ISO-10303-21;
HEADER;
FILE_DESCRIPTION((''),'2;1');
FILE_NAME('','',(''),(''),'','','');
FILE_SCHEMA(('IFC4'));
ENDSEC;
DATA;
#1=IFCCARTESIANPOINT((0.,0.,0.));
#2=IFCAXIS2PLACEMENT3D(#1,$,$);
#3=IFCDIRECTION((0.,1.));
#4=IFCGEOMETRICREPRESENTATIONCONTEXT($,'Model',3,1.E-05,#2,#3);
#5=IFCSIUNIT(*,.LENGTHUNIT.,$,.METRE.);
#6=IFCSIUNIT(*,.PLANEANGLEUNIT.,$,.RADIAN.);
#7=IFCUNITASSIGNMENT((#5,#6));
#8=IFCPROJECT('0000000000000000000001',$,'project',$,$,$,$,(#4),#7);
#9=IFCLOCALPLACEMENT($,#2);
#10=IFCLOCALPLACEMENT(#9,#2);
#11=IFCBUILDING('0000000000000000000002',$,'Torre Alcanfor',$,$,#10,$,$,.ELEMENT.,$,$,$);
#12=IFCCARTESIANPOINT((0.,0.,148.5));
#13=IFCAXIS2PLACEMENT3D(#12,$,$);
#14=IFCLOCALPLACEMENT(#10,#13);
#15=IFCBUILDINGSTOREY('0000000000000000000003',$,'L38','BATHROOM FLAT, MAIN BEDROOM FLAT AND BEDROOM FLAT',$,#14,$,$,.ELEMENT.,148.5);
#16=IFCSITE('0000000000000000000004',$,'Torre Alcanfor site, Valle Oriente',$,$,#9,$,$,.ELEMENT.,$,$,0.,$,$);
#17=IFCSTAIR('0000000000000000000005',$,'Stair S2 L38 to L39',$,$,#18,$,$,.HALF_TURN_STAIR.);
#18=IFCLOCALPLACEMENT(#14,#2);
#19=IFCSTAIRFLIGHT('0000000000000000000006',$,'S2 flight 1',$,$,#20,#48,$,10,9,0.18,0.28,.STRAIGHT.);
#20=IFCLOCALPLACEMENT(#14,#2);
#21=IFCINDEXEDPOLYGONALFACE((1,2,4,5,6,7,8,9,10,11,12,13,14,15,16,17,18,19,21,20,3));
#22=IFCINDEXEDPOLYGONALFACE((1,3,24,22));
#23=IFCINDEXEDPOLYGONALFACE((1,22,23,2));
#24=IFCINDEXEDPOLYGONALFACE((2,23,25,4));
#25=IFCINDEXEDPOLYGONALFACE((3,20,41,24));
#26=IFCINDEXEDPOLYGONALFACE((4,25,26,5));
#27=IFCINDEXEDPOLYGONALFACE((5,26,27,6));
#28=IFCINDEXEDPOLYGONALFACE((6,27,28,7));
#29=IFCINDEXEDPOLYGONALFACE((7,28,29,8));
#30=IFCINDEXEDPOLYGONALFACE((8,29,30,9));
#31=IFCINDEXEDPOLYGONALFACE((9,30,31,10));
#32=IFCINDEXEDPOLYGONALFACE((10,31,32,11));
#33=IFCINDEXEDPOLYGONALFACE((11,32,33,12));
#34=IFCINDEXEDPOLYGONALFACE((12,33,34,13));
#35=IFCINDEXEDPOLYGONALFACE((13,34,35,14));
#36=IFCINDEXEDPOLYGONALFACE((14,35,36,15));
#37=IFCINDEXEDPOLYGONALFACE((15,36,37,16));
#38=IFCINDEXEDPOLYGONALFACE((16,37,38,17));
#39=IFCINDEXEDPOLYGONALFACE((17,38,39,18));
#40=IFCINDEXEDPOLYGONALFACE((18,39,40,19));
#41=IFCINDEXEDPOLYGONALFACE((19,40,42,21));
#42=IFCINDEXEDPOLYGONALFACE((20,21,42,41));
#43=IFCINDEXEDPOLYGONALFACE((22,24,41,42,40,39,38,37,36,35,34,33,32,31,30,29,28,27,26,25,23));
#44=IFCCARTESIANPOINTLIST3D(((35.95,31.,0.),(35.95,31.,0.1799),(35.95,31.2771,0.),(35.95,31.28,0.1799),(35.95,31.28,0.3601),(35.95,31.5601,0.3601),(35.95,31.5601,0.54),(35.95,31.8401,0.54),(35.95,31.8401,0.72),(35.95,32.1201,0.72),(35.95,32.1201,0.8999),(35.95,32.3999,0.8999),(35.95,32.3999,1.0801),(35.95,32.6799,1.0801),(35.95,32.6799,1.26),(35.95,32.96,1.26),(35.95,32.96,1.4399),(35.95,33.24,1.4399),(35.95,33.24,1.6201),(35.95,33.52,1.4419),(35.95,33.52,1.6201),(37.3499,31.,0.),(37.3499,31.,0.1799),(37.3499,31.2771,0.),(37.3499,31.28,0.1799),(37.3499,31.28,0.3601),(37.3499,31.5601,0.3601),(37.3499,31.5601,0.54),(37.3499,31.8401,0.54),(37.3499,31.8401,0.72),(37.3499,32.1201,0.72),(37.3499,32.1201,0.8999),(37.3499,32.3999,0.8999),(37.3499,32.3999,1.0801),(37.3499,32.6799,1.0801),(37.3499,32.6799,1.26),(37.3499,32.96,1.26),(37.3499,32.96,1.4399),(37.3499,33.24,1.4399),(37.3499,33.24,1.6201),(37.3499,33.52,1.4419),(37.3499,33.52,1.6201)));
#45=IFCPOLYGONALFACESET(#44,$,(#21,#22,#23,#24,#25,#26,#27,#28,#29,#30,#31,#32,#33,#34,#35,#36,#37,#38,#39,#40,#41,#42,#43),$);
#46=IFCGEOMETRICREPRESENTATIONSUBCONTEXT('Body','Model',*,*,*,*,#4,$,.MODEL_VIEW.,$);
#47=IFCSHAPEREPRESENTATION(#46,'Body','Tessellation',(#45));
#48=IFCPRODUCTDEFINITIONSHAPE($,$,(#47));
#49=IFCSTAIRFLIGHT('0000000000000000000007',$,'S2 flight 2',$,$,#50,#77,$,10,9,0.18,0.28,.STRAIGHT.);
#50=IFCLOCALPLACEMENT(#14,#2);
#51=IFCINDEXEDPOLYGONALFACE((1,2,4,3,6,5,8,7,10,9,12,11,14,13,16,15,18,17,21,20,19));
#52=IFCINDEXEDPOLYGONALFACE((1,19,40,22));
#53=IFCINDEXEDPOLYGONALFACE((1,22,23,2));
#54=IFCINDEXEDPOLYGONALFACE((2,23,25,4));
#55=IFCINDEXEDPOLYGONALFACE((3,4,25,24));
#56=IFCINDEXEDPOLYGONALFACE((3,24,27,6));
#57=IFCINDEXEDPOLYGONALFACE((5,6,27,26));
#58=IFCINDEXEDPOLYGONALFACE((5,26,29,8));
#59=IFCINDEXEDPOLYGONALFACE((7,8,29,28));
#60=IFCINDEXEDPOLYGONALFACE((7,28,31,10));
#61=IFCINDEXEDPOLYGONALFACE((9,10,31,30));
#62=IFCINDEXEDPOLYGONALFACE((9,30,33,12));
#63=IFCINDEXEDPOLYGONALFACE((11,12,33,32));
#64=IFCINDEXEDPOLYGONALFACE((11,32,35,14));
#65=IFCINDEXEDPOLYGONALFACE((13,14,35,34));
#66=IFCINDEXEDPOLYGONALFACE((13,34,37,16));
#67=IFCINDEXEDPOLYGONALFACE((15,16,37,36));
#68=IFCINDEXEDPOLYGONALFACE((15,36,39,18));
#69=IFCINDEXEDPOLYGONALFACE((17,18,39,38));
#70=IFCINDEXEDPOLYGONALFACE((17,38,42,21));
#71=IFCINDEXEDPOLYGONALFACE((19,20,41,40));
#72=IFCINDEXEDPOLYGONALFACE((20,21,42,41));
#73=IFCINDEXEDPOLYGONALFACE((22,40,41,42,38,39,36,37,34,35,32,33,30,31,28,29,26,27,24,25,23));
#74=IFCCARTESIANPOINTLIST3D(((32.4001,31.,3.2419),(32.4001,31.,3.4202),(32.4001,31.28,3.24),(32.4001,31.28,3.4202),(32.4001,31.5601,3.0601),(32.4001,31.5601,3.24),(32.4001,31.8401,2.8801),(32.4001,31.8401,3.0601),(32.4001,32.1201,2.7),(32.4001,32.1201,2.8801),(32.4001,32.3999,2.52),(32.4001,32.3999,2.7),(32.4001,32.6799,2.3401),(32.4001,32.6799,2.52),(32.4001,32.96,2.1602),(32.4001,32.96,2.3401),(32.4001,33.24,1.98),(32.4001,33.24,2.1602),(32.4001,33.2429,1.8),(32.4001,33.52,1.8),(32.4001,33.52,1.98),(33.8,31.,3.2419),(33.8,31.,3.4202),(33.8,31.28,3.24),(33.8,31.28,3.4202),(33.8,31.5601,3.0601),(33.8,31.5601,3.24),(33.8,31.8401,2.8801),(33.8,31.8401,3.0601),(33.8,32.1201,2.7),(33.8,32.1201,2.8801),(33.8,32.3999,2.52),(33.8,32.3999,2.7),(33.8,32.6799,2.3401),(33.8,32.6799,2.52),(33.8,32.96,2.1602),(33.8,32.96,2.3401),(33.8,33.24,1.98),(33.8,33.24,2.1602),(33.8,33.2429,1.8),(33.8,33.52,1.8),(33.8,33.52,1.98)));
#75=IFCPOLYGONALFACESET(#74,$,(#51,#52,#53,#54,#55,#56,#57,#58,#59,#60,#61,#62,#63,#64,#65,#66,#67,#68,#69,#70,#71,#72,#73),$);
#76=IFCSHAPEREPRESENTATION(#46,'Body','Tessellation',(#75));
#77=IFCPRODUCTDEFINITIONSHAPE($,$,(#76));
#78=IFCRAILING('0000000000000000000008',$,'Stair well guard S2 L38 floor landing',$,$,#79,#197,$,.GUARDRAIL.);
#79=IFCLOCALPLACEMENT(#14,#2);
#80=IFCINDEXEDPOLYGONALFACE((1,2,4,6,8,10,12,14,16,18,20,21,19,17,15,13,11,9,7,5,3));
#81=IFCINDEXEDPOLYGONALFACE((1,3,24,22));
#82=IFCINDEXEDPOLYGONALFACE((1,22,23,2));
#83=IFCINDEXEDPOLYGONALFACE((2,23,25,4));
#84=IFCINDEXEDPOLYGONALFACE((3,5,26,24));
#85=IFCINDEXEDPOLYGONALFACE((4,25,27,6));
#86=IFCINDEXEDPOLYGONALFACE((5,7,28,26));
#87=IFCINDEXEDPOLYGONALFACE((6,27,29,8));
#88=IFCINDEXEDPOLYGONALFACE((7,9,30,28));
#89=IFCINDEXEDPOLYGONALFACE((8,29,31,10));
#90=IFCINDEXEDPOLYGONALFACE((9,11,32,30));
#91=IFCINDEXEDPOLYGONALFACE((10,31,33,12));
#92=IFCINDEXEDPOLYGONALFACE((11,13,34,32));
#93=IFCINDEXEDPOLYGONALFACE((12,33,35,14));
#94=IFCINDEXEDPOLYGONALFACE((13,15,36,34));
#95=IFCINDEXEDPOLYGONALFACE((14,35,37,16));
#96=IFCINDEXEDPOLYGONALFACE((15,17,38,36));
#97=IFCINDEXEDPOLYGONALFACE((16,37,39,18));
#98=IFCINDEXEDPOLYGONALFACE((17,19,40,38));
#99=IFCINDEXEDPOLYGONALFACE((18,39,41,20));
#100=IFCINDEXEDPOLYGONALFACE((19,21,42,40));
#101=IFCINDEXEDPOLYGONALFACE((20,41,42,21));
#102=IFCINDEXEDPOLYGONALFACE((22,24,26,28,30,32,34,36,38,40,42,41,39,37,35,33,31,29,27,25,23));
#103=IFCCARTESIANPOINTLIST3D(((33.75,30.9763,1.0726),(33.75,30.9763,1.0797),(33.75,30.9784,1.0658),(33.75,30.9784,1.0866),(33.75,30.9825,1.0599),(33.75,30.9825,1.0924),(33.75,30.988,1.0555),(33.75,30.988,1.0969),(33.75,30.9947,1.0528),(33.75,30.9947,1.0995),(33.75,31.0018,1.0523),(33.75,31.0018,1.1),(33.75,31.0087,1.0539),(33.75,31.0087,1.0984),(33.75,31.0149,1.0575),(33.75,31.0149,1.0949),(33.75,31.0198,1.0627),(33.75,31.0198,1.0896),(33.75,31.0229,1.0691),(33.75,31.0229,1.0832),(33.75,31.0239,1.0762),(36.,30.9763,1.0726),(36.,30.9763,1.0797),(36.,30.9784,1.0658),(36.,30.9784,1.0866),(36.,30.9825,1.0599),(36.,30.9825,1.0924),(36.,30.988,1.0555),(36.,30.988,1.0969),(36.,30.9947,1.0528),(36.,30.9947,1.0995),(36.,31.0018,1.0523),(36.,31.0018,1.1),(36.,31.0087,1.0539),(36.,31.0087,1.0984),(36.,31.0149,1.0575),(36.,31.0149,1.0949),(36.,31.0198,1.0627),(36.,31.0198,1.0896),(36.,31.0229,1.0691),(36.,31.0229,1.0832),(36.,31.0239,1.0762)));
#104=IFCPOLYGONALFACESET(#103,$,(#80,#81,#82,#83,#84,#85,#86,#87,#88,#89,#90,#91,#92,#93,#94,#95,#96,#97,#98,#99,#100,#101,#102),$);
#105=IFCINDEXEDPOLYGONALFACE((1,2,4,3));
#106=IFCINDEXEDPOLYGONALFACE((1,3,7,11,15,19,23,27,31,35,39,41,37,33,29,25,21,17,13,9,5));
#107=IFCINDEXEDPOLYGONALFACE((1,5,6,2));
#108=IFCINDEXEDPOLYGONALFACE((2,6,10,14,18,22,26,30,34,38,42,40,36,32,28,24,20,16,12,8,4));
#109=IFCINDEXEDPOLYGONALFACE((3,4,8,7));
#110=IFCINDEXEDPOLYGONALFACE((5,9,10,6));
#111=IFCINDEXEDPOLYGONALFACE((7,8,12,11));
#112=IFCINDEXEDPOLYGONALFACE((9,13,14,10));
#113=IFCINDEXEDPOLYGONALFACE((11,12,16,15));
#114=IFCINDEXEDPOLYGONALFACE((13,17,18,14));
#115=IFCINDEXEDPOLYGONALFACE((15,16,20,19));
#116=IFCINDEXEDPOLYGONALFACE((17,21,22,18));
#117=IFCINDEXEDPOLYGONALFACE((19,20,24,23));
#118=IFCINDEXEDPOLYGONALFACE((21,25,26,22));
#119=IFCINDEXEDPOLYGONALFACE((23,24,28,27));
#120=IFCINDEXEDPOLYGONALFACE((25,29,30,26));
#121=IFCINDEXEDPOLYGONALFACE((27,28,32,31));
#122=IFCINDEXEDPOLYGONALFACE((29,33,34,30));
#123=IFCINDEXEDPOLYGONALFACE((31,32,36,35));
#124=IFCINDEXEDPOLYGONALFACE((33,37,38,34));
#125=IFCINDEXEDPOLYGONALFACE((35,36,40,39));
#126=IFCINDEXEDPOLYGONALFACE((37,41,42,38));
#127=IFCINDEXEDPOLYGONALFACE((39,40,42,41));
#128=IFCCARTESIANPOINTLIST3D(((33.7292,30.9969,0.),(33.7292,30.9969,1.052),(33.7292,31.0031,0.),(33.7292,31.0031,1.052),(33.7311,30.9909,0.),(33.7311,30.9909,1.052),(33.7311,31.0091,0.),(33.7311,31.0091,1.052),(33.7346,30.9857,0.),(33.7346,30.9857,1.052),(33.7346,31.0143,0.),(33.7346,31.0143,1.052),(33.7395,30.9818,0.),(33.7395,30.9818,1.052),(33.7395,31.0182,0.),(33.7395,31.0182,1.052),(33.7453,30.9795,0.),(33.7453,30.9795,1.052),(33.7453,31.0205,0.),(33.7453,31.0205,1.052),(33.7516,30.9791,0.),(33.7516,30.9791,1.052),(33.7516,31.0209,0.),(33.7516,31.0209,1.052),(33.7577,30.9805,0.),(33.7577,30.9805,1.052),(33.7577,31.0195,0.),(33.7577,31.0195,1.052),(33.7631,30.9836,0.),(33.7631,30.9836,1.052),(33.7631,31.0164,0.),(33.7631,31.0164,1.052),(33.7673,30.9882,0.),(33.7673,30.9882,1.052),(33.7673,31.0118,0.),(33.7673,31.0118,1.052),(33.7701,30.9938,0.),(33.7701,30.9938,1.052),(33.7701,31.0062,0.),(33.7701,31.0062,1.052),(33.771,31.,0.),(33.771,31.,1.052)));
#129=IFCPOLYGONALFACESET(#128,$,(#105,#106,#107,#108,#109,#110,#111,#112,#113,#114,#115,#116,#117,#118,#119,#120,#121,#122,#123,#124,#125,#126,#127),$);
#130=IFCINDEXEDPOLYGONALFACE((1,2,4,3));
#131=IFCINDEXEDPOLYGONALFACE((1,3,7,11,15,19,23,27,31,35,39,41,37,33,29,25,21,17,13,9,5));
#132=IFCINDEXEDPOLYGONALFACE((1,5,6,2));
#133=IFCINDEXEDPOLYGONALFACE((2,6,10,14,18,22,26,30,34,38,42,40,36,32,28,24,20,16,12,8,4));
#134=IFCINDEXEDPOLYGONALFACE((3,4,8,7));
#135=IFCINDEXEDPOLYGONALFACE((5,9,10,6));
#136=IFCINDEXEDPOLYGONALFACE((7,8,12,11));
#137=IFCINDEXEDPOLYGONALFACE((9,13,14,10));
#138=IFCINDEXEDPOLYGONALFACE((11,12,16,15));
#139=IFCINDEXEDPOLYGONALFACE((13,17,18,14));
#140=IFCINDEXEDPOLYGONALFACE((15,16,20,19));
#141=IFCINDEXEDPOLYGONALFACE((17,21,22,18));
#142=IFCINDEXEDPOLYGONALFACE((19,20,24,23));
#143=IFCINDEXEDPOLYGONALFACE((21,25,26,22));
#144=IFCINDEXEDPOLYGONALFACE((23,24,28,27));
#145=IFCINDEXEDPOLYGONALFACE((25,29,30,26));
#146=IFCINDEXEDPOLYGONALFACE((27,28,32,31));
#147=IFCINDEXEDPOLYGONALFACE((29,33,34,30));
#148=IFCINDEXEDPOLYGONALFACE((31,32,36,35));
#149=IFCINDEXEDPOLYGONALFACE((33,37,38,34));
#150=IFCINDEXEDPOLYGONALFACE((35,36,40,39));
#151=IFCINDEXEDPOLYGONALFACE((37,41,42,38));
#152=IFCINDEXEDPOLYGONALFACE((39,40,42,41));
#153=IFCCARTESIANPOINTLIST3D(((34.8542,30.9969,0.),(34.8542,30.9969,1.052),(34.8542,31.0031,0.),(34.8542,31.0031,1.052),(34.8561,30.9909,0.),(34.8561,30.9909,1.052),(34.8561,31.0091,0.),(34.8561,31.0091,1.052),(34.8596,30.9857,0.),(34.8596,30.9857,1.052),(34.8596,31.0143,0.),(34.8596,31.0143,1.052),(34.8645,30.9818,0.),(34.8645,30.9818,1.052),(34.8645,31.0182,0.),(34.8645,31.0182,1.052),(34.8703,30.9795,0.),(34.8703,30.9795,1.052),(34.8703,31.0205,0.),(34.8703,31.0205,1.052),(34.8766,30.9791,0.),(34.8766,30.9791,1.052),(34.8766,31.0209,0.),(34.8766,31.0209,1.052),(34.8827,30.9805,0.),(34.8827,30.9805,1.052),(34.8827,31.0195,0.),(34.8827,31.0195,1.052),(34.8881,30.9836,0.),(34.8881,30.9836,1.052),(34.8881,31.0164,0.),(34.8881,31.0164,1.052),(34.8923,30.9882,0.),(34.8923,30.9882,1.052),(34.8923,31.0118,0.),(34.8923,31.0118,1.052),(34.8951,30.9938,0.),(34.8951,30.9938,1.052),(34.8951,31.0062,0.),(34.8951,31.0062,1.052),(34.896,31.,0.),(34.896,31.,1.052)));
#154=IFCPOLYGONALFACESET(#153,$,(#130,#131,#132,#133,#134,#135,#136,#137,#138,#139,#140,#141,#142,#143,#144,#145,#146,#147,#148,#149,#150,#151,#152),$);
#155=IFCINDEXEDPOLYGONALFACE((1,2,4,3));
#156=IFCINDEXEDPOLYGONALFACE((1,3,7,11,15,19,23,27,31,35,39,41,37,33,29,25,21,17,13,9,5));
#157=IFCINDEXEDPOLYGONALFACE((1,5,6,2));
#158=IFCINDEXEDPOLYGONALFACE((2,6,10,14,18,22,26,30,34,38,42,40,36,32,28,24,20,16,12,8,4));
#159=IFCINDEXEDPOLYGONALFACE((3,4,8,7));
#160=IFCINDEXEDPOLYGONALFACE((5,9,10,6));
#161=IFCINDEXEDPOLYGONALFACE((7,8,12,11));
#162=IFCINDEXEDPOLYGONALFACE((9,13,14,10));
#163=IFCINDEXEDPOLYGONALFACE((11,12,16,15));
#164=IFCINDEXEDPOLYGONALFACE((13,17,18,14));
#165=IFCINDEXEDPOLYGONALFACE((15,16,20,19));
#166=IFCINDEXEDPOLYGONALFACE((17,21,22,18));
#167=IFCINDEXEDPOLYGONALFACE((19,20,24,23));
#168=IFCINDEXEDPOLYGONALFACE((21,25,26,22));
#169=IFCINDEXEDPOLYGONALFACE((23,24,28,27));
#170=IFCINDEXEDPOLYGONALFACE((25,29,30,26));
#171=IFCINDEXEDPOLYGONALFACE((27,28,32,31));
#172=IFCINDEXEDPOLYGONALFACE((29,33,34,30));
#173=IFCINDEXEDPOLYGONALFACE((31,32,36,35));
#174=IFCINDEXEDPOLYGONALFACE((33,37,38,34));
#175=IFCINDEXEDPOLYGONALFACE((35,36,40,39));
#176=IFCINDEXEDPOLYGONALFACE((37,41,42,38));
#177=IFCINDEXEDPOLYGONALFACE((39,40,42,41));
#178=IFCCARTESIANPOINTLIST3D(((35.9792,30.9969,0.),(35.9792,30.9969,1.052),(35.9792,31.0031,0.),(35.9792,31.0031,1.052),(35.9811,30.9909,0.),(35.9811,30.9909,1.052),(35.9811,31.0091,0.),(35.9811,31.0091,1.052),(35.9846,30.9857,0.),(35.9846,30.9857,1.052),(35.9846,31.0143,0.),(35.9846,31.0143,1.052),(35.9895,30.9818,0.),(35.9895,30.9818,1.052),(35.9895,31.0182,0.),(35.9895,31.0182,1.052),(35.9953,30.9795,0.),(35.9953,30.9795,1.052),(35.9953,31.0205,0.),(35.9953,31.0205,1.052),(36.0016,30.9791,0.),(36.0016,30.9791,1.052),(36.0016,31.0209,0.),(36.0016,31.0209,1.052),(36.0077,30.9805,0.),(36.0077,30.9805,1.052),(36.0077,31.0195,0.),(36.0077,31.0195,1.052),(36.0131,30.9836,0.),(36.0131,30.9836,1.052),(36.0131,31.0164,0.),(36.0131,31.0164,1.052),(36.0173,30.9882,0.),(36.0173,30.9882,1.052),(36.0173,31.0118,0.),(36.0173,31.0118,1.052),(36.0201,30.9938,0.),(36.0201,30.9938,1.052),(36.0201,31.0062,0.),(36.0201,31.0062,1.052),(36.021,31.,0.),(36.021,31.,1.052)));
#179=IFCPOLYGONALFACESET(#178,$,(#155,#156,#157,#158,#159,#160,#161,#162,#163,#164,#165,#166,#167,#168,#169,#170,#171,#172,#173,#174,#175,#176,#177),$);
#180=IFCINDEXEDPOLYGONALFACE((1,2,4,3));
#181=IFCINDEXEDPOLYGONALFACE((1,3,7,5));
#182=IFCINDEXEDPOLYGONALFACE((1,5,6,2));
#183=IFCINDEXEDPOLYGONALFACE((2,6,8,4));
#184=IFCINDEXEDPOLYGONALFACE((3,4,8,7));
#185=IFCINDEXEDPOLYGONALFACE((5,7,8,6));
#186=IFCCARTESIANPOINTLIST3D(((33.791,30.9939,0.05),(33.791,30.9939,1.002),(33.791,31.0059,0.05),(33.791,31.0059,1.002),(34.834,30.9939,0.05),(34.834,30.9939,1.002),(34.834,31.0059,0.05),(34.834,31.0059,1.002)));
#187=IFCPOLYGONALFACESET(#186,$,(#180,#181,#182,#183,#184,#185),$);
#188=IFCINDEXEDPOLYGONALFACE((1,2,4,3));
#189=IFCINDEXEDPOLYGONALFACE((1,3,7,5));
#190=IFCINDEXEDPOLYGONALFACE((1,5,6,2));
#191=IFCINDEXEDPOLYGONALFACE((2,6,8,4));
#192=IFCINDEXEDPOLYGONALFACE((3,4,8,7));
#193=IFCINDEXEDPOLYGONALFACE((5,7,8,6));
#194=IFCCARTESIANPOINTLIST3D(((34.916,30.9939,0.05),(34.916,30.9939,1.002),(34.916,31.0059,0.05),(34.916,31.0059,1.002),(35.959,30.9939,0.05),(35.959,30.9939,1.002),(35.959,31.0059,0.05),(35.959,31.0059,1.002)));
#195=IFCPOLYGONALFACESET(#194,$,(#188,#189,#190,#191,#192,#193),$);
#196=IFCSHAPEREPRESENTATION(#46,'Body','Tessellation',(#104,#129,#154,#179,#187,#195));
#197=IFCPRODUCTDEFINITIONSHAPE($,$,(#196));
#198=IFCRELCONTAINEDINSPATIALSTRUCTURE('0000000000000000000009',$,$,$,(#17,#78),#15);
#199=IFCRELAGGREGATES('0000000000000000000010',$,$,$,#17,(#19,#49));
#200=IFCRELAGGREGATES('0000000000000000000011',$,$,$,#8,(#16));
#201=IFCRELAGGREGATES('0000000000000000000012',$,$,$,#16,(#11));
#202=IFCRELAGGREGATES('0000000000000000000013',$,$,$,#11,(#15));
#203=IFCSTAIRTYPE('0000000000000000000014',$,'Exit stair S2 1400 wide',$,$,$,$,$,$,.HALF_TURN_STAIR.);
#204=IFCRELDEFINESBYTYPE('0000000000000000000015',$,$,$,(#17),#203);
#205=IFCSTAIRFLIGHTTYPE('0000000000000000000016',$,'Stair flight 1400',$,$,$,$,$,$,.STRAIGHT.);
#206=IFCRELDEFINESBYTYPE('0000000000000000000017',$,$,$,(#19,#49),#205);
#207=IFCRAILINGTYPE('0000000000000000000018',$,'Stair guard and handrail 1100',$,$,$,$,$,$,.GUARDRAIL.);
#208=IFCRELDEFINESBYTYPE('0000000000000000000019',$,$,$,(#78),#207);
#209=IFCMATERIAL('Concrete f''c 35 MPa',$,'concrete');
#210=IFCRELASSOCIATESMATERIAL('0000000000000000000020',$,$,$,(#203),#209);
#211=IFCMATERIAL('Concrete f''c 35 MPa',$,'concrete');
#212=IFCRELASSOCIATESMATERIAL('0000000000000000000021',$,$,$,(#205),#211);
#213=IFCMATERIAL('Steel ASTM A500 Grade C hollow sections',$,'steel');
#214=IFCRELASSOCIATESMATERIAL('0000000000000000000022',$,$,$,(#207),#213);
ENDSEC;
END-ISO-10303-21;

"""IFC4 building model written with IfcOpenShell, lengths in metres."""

from ifc_helpers import new_model, si_unit, direction, frame, origin, origin_2d, place, context, subcontext, project, spatial, polyline, circle, outline, extrude, material, type_object, element, aggregate, save


model = new_model("IFC4")

# Units and contexts
model_context = context("Model", 3, precision=1e-05, world=origin(), true_north=direction((0.0, 1.0)))
body_context = subcontext(model_context, "Body", "Model", "MODEL_VIEW")
ifc_project = project(units=[si_unit("LENGTHUNIT", "METRE"), si_unit("PLANEANGLEUNIT", "RADIAN")], contexts=[model_context])

# Site, building, storey
site_placement = place(None, origin())
site = spatial("IfcSite", under=ifc_project, at=site_placement, Name="Torre Alcanfor site, Valle Oriente", CompositionType="ELEMENT", RefElevation=0.0)
building_placement = place(site_placement, origin())
building = spatial("IfcBuilding", under=site, at=building_placement, Name="Torre Alcanfor", CompositionType="ELEMENT")
storey_placement = place(building_placement, frame((0.0, 0.0, 148.5)))
storey = spatial("IfcBuildingStorey", under=building, at=storey_placement, Name="L38", Description="BATHROOM FLAT, MAIN BEDROOM FLAT AND BEDROOM FLAT", CompositionType="ELEMENT", Elevation=148.5)

# Stair, stair flights
ifc_material_1 = material(Name="Concrete f'c 35 MPa", Category="concrete")
stair_type = type_object("IfcStairType", Name="Exit stair S2 1400 wide", PredefinedType="HALF_TURN_STAIR", material=ifc_material_1)
stair_placement = place(storey_placement, origin())
stair = element("IfcStair", 1, at=stair_placement, inside=storey, type_object=stair_type, Name="Stair S2 L38 to L39", PredefinedType="HALF_TURN_STAIR")
ifc_material_2 = material(Name="Concrete f'c 35 MPa", Category="concrete")
stair_flight_type = type_object("IfcStairFlightType", Name="Stair flight 1400", PredefinedType="STRAIGHT", material=ifc_material_2)
stair_flight_1_placement = place(storey_placement, frame((36.6499, 31.0, 0.0), z_axis=(0.0, 0.0, 1.0), x_axis=(0.0, 1.0, 0.0)))
stair_flight_1 = element("IfcStairFlight", 2, at=stair_flight_1_placement, type_object=stair_flight_type, Name="S2 flight 1", NumberOfRisers=10, NumberOfTreads=9, PredefinedType="STRAIGHT", RiserHeight=0.18, TreadLength=0.28, context=body_context, shape_type="SweptSolid", body=[
    extrude(outline(polyline([(0.0, 0.0), (0.0, 0.1799), (0.28, 0.1799), (0.28, 0.3601), (0.5601, 0.3601), (0.5601, 0.54), (0.8401, 0.54), (0.8401, 0.72), (1.1201, 0.72), (1.1201, 0.8999), (1.3999, 0.8999), (1.3999, 1.0801), (1.6799, 1.0801), (1.6799, 1.26), (1.96, 1.26), (1.96, 1.4399), (2.24, 1.4399), (2.24, 1.6201), (2.52, 1.6201), (2.52, 1.8), (2.52, 1.4419), (0.2771, 0.0), (0.0, 0.0)])), frame((0.0, 0.7, 0.0), z_axis=(0.0, -1.0, 0.0), x_axis=(1.0, 0.0, 0.0)), (0.0, 0.0, 1.0), 1.3999),
])
stair_flight_2_placement = place(storey_placement, frame((33.1001, 33.52, 1.8), z_axis=(0.0, 0.0, 1.0), x_axis=(0.0, -1.0, 0.0)))
stair_flight_2 = element("IfcStairFlight", 3, at=stair_flight_2_placement, type_object=stair_flight_type, Name="S2 flight 2", NumberOfRisers=10, NumberOfTreads=9, PredefinedType="STRAIGHT", RiserHeight=0.18, TreadLength=0.28, context=body_context, shape_type="SweptSolid", body=[
    extrude(outline(polyline([(0.0, 0.0), (0.0, 0.1799), (0.28, 0.1799), (0.28, 0.3601), (0.5601, 0.3601), (0.5601, 0.54), (0.8401, 0.54), (0.8401, 0.72), (1.1201, 0.72), (1.1201, 0.8999), (1.3999, 0.8999), (1.3999, 1.0801), (1.6799, 1.0801), (1.6799, 1.26), (1.96, 1.26), (1.96, 1.4399), (2.24, 1.4399), (2.24, 1.6201), (2.52, 1.6201), (2.52, 1.8), (2.52, 1.4419), (0.2771, 0.0), (0.0, 0.0)])), frame((0.0, 0.7, 0.0), z_axis=(0.0, -1.0, 0.0), x_axis=(1.0, 0.0, 0.0)), (0.0, 0.0, 1.0), 1.3999),
])
aggregate(stair, [stair_flight_1, stair_flight_2])

# Railing
ifc_material_3 = material(Name="Steel ASTM A500 Grade C hollow sections", Category="steel")
railing_type_1 = type_object("IfcRailingType", Name="Stair guard and handrail 1100", PredefinedType="GUARDRAIL", material=ifc_material_3)
for number, where, name in (
    (4, (33.75, 31.0, 0.0), "Stair well guard S2 L38 floor landing"),
):
    element("IfcRailing", number, at=place(storey_placement, frame(where)), inside=storey, type_object=railing_type_1, Name=name, PredefinedType="GUARDRAIL", context=body_context, shape_type="SweptSolid", body=[
        extrude(circle(Radius=0.0239, at=origin_2d()), frame((0.0, 0.0, 1.0762), z_axis=(1.0, 0.0, 0.0), x_axis=(0.0, 1.0, 0.0)), (0.0, 0.0, 1.0), 2.25),
        extrude(circle(Radius=0.021, at=origin_2d()), origin(), (0.0, 0.0, 1.0), 1.052),
        extrude(circle(Radius=0.021, at=origin_2d()), frame((1.125, 0.0, 0.0)), (0.0, 0.0, 1.0), 1.052),
        extrude(circle(Radius=0.021, at=origin_2d()), frame((2.25, 0.0, 0.0)), (0.0, 0.0, 1.0), 1.052),
        extrude(outline(polyline([(0.041, 0.05), (1.084, 0.05), (1.084, 1.002), (0.041, 1.002), (0.041, 0.05)])), frame((0.0, 0.0059, 0.0), z_axis=(0.0, -1.0, 0.0), x_axis=(1.0, 0.0, 0.0)), (0.0, 0.0, 1.0), 0.012),
        extrude(outline(polyline([(1.166, 0.05), (2.209, 0.05), (2.209, 1.002), (1.166, 1.002), (1.166, 0.05)])), frame((0.0, 0.0059, 0.0), z_axis=(0.0, -1.0, 0.0), x_axis=(1.0, 0.0, 0.0)), (0.0, 0.0, 1.0), 0.012),
    ])

save(model, "model.ifc")
